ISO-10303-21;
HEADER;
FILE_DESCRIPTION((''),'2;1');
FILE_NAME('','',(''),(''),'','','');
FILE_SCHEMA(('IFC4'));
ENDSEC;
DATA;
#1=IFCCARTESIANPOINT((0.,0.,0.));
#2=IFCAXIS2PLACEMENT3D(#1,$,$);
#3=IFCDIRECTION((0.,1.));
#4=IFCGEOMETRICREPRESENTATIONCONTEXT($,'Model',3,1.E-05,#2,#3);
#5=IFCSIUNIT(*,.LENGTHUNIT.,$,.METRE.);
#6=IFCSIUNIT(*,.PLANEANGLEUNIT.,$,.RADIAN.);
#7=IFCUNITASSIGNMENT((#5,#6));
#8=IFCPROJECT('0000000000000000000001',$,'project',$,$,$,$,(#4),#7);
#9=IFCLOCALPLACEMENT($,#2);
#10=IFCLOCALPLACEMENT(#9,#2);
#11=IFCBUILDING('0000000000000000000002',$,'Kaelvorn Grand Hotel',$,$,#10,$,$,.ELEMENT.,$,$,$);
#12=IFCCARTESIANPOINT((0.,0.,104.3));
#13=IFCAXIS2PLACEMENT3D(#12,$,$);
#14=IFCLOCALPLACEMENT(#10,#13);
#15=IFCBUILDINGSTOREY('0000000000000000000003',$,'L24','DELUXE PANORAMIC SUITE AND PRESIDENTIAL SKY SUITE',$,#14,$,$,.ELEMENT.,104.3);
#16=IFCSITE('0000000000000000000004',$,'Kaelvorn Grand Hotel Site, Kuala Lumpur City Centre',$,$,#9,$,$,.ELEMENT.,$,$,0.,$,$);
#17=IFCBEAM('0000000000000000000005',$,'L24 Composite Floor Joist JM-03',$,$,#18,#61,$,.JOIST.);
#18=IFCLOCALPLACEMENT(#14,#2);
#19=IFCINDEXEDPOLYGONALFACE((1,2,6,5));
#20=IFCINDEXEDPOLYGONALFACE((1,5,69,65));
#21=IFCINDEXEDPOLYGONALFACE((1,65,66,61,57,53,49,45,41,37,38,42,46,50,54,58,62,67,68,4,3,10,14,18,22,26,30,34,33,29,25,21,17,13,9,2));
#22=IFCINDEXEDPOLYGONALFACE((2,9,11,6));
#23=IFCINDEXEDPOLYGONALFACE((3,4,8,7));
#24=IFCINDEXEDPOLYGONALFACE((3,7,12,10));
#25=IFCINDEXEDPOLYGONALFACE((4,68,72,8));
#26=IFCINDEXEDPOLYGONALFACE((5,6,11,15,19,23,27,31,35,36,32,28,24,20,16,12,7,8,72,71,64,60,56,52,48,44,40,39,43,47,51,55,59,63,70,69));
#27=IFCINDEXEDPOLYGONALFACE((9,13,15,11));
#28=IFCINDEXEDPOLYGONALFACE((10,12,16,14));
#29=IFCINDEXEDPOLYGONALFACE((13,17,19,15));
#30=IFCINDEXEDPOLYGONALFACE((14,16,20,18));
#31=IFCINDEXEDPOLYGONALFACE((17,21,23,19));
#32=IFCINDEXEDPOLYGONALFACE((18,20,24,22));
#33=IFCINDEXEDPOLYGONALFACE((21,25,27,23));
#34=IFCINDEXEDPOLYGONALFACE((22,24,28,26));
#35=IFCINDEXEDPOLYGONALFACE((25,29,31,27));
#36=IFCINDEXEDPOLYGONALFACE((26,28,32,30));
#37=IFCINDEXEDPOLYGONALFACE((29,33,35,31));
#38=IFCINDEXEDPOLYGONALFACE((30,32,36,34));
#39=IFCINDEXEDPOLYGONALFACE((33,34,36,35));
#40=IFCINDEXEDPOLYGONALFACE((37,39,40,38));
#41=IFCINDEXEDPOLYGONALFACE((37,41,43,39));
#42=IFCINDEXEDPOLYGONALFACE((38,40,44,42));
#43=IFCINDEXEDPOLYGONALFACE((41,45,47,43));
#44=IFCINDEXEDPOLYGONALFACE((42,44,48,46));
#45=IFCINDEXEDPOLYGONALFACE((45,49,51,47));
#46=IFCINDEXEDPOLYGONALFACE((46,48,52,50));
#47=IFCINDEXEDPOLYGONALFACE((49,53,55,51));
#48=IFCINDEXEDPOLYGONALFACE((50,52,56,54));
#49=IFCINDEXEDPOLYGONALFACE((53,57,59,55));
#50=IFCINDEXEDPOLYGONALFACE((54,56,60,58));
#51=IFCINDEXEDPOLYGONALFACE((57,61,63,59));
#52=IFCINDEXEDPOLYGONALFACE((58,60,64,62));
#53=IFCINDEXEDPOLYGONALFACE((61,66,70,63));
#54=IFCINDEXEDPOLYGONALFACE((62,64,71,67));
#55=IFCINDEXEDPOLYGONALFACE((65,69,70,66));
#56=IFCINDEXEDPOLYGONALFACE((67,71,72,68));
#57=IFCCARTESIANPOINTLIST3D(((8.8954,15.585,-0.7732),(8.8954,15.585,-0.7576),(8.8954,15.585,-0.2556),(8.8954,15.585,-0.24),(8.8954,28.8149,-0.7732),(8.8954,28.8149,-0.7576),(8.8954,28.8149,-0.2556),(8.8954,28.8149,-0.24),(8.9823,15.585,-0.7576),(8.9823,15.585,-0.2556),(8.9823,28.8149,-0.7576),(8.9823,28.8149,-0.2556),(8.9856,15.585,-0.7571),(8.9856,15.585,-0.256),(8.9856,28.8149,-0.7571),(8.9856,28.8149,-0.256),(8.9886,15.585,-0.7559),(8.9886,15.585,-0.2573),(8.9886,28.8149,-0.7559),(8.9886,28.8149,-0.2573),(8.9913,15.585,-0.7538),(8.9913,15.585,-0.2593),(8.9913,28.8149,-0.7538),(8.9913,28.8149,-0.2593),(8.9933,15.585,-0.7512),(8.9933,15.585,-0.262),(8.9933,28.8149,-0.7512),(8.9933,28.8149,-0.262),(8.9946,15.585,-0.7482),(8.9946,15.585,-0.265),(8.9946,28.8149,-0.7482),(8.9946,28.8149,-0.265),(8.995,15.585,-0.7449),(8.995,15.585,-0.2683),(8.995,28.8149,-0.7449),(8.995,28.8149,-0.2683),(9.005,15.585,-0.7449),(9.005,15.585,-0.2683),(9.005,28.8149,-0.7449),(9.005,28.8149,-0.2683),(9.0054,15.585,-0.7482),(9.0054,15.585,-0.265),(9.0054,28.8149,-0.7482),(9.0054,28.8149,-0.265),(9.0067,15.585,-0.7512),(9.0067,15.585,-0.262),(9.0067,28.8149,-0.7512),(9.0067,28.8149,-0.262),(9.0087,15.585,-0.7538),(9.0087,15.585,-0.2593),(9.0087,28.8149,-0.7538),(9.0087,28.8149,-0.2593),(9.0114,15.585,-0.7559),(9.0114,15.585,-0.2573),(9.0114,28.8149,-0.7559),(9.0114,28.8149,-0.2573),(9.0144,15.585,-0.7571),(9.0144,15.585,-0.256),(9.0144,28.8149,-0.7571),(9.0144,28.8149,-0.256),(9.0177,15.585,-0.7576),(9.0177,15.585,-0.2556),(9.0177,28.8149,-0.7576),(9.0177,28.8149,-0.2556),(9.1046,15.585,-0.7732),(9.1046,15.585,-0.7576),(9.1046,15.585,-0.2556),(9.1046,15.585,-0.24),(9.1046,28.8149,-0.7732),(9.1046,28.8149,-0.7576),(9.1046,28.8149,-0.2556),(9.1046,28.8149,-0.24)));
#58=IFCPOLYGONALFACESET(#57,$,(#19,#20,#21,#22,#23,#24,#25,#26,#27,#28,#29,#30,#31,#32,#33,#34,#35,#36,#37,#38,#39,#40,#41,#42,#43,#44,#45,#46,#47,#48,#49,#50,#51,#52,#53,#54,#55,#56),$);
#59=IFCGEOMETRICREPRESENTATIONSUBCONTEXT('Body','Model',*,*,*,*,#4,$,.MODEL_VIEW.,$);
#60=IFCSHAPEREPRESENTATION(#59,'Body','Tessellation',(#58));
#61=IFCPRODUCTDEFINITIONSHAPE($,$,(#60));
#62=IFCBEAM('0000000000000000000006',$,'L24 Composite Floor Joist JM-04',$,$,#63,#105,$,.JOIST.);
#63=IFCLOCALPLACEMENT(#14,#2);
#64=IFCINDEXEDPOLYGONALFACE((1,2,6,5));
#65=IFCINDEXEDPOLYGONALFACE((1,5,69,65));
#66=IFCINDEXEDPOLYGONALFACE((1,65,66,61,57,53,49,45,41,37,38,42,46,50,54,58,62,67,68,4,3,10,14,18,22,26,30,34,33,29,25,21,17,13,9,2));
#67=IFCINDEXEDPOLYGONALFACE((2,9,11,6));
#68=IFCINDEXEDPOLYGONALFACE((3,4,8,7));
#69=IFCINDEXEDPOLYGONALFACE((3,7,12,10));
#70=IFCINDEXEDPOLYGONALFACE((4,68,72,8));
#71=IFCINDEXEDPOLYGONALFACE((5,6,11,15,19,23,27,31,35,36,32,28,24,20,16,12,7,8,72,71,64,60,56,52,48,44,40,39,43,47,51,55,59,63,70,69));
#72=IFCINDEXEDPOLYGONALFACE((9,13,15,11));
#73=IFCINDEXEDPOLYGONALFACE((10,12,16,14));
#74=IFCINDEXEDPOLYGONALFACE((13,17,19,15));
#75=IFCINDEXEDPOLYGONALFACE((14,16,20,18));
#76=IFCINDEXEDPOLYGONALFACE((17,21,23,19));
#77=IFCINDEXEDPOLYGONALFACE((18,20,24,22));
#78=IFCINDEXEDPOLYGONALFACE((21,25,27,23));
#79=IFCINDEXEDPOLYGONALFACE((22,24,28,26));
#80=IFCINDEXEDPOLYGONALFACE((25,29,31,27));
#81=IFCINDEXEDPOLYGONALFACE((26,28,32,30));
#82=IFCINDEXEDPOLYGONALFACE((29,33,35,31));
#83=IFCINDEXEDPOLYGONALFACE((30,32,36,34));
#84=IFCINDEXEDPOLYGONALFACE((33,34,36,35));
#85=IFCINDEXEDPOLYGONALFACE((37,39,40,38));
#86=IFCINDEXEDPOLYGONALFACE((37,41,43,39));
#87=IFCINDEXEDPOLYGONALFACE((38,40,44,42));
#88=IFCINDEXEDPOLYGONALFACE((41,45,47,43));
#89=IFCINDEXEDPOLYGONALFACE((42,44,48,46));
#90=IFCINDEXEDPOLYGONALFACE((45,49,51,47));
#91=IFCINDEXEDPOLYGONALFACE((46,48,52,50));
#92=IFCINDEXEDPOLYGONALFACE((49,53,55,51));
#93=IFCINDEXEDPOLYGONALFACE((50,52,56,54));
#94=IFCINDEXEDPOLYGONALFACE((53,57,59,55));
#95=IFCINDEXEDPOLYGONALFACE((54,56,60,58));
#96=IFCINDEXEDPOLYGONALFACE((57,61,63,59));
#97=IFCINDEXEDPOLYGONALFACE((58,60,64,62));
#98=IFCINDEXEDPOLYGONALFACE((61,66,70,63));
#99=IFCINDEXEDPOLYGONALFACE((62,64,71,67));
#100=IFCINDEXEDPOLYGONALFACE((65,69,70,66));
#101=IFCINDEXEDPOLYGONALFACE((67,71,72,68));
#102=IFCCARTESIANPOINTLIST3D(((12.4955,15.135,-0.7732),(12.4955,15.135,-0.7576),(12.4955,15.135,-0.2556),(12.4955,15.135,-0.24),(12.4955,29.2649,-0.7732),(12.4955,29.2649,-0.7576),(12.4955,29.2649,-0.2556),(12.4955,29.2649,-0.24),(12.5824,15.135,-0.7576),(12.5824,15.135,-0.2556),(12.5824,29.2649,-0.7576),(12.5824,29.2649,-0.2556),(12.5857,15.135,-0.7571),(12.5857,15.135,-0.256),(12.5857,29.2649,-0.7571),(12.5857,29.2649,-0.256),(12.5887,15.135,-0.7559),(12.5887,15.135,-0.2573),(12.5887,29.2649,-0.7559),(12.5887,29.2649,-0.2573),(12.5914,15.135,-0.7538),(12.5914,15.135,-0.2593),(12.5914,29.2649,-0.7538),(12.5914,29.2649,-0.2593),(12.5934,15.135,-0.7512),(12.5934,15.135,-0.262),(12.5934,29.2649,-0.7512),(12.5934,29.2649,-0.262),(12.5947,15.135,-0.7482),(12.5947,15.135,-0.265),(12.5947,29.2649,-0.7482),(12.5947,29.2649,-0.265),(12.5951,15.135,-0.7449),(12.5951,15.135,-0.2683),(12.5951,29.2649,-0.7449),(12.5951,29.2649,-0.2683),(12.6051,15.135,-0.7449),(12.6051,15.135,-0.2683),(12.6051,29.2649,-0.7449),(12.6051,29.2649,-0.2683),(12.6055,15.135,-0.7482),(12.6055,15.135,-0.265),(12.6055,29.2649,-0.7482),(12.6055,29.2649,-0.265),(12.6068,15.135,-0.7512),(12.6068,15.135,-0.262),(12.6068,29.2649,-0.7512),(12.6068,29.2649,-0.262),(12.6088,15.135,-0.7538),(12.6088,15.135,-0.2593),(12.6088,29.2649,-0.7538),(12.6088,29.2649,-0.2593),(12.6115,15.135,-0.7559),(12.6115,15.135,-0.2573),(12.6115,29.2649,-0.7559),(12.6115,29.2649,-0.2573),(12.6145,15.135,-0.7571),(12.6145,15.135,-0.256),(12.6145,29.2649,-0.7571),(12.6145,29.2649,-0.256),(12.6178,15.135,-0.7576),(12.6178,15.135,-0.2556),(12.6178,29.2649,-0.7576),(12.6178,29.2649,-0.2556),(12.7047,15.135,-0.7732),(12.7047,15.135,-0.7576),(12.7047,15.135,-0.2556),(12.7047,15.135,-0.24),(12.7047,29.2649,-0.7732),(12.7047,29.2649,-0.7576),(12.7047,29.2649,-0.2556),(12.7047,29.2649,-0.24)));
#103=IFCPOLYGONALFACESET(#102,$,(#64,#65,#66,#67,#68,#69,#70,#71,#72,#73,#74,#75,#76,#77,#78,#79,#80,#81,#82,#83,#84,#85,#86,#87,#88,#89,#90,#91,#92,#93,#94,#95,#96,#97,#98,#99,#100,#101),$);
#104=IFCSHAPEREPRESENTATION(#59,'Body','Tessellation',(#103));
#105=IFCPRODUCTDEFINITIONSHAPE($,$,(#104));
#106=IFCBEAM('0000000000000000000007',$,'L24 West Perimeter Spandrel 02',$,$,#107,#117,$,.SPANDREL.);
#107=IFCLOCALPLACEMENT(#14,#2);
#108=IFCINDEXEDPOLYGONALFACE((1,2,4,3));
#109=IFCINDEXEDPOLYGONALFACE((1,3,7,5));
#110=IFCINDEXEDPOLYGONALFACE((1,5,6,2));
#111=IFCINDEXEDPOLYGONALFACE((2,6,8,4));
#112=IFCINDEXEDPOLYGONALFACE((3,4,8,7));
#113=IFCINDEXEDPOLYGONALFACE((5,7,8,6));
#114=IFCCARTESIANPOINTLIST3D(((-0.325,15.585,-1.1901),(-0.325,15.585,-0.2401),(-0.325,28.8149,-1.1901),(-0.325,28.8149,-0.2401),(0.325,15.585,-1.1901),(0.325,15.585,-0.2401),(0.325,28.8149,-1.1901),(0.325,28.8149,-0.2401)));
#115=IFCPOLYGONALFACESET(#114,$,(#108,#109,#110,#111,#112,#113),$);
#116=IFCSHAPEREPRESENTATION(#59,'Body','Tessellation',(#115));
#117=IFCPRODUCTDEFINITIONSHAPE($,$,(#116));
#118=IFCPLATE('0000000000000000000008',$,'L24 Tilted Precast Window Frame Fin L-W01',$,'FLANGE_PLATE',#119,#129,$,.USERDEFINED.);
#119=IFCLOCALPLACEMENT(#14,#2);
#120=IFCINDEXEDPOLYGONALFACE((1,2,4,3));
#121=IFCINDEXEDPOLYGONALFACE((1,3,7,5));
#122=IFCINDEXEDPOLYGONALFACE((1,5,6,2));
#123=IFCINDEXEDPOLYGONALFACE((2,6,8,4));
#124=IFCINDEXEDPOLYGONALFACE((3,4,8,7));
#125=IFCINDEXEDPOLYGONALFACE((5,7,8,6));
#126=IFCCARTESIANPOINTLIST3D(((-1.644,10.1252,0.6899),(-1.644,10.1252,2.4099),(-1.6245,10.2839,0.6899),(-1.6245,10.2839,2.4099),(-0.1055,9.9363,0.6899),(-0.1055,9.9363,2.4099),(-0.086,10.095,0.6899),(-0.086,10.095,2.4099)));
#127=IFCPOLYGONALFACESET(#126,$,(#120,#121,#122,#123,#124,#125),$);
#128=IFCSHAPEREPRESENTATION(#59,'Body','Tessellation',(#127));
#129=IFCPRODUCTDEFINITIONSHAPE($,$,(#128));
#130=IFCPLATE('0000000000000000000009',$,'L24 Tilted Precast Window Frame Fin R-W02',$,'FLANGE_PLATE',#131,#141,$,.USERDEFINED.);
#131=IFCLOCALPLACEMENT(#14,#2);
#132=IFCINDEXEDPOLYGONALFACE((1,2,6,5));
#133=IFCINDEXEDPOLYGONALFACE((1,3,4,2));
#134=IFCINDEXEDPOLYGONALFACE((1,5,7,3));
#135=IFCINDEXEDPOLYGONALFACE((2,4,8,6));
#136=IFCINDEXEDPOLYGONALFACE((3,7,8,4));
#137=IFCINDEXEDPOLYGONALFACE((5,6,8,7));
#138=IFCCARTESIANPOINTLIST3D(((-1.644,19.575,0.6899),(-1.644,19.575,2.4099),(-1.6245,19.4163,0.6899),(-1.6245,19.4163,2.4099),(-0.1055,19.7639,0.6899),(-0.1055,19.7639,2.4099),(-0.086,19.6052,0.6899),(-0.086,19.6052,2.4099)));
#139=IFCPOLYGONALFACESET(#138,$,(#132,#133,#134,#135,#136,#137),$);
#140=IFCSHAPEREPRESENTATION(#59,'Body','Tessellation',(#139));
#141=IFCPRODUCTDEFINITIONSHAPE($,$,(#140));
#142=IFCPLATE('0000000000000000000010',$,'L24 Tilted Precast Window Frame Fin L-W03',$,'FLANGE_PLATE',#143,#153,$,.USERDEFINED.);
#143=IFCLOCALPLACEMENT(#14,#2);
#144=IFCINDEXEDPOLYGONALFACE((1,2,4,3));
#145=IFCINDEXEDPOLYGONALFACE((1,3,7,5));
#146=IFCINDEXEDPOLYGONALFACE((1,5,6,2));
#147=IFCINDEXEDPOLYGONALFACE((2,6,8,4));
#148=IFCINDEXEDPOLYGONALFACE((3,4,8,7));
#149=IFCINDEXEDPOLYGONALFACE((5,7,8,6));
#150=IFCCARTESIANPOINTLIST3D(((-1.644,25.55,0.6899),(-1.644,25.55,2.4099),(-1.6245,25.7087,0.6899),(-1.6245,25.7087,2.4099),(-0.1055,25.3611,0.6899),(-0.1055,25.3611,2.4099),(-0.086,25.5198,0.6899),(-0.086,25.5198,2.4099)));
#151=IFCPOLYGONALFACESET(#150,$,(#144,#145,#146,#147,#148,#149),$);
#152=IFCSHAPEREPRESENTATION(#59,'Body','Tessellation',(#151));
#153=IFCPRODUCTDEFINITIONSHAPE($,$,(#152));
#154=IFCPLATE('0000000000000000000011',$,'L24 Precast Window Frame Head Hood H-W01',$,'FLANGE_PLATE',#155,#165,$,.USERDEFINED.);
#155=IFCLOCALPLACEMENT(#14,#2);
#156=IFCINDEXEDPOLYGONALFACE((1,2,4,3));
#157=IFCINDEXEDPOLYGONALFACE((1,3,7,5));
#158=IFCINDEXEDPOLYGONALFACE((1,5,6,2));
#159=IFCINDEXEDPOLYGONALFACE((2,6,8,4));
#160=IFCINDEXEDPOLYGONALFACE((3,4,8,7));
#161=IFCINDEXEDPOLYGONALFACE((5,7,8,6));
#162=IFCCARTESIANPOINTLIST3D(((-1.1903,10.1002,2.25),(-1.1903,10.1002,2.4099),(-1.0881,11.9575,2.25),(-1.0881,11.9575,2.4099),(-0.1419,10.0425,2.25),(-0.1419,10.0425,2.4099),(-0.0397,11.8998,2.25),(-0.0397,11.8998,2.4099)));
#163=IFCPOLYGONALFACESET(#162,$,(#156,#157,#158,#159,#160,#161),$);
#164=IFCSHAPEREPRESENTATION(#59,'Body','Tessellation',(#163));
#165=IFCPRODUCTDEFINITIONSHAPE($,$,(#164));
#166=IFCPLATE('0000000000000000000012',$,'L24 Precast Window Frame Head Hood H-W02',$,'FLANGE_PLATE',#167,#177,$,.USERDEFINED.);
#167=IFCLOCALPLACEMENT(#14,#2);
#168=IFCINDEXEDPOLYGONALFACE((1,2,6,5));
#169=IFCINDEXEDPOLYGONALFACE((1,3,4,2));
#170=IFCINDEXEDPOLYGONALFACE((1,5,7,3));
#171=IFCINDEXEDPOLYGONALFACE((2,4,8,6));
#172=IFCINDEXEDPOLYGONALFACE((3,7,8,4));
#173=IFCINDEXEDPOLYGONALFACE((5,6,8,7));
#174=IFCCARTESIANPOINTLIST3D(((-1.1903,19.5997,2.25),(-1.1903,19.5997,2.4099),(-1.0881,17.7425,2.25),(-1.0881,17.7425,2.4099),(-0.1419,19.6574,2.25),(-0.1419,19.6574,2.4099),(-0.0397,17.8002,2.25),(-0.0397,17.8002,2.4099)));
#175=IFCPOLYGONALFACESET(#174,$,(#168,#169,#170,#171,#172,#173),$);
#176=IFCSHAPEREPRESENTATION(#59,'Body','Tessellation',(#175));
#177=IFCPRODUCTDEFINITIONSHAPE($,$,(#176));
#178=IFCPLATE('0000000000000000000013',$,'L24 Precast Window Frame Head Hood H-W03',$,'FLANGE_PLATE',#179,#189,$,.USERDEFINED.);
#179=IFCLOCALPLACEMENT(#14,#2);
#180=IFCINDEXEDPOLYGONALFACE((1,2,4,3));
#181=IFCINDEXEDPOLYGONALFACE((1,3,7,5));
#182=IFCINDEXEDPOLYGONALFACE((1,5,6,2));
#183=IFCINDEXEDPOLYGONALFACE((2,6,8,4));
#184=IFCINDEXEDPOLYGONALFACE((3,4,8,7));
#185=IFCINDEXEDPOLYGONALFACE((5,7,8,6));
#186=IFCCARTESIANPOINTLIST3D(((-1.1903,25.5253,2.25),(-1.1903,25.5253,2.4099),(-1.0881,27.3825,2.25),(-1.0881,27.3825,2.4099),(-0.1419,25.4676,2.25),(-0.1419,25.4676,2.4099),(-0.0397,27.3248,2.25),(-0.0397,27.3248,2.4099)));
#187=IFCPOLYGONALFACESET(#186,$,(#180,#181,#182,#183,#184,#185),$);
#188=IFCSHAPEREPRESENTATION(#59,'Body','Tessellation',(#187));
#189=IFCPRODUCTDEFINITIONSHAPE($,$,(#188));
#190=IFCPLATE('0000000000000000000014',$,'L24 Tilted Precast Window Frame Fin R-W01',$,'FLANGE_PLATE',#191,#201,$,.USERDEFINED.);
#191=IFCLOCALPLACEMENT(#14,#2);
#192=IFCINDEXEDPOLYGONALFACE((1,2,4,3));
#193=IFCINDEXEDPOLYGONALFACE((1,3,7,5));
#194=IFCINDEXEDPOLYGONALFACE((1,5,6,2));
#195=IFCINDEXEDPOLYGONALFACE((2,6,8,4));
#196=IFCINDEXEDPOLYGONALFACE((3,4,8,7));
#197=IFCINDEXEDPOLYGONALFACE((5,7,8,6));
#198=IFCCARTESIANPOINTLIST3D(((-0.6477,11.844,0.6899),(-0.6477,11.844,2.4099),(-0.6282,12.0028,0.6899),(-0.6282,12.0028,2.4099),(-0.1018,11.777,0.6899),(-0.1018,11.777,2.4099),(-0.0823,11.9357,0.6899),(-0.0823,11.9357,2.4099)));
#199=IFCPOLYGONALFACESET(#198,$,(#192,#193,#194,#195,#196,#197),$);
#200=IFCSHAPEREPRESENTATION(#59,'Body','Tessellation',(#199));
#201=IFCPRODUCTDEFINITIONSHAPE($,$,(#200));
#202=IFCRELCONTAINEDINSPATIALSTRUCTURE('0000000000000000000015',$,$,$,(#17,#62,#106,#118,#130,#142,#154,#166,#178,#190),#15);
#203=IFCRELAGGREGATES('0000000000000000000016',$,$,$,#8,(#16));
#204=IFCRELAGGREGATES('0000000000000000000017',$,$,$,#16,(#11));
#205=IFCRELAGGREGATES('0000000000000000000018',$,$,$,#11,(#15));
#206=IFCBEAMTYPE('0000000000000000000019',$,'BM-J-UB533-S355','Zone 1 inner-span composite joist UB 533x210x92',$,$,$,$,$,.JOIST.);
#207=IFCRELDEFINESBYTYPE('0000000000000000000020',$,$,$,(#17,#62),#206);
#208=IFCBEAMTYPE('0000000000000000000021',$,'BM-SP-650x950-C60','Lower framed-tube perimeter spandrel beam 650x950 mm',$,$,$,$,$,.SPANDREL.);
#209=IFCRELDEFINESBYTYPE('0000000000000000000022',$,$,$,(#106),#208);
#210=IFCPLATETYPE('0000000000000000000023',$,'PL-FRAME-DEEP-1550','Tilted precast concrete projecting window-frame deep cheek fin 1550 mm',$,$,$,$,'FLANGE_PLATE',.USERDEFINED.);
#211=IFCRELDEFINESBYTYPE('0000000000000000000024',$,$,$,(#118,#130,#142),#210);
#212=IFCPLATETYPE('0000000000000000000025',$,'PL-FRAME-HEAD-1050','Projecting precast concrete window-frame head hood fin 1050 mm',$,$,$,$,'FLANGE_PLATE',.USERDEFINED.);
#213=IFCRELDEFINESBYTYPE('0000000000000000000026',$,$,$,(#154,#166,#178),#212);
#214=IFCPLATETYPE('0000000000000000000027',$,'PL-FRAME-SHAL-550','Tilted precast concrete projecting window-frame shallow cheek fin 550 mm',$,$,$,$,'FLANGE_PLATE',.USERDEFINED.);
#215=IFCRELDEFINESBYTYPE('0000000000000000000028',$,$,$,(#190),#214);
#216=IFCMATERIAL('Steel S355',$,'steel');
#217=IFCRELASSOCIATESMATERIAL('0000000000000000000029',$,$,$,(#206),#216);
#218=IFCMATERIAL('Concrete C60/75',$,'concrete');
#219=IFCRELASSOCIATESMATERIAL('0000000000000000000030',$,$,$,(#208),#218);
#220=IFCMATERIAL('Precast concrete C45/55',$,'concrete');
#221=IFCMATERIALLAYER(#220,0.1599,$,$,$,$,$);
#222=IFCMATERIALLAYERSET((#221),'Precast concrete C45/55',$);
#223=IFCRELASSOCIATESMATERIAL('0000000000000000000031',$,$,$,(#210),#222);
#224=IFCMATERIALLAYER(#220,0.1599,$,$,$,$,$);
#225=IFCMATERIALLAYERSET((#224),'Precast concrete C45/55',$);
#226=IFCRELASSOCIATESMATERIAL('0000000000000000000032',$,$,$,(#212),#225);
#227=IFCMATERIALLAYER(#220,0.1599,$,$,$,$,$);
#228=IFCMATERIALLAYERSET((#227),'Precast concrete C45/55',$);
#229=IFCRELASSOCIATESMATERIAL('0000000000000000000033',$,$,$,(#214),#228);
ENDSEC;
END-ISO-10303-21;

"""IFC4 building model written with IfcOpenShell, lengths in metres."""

from ifc_helpers import new_model, si_unit, direction, frame, origin, origin_2d, place, context, subcontext, project, spatial, rectangle, i_section, extrude, material, layer, layer_set, material_profile, profile_set, type_object, element, save


model = new_model("IFC4")

# Units and contexts
model_context = context("Model", 3, precision=1e-05, world=origin(), true_north=direction((0.0, 1.0)))
body_context = subcontext(model_context, "Body", "Model", "MODEL_VIEW")
ifc_project = project(units=[si_unit("LENGTHUNIT", "METRE"), si_unit("PLANEANGLEUNIT", "RADIAN")], contexts=[model_context])

# Site, building, storey
site_placement = place(None, origin())
site = spatial("IfcSite", under=ifc_project, at=site_placement, Name="Kaelvorn Grand Hotel Site, Kuala Lumpur City Centre", CompositionType="ELEMENT", RefElevation=0.0)
building_placement = place(site_placement, origin())
building = spatial("IfcBuilding", under=site, at=building_placement, Name="Kaelvorn Grand Hotel", CompositionType="ELEMENT")
storey_placement = place(building_placement, frame((0.0, 0.0, 104.3)))
storey = spatial("IfcBuildingStorey", under=building, at=storey_placement, Name="L24", Description="DELUXE PANORAMIC SUITE AND PRESIDENTIAL SKY SUITE", CompositionType="ELEMENT", Elevation=104.3)

# Shared definitions
ifc_material_1 = material(Name="Concrete C60/75", Category="concrete")

# Beams
ifc_material_2 = material(Name="Steel S355", Category="steel")
ifc_material_profile_1 = material_profile(ifc_material_2, i_section(OverallWidth=0.2092, OverallDepth=0.5332, WebThickness=0.01, FlangeThickness=0.0156, FilletRadius=0.0127, at=origin_2d()), Name="UB 533x210x92")
ifc_profile_set_1 = profile_set([ifc_material_profile_1], Name="Steel S355")
beam_type_1 = type_object("IfcBeamType", Name="BM-J-UB533-S355", Description="Zone 1 inner-span composite joist UB 533x210x92", PredefinedType="JOIST", material=ifc_profile_set_1)
beam_1_placement = place(storey_placement, frame((9.0, 15.585, -0.5066), z_axis=(0.0, 1.0, 0.0), x_axis=(-1.0, 0.0, 0.0)))
element("IfcBeam", 1, at=beam_1_placement, inside=storey, type_object=beam_type_1, Name="L24 Composite Floor Joist JM-03", PredefinedType="JOIST", context=body_context, shape_type="SweptSolid", body=[
    extrude(i_section(OverallWidth=0.2092, OverallDepth=0.5332, WebThickness=0.01, FlangeThickness=0.0156, FilletRadius=0.0127, at=origin_2d()), origin(), (0.0, 0.0, 1.0), 13.23),
])
beam_2_placement = place(storey_placement, frame((12.6001, 15.135, -0.5066), z_axis=(0.0, 1.0, 0.0), x_axis=(-1.0, 0.0, 0.0)))
element("IfcBeam", 2, at=beam_2_placement, inside=storey, type_object=beam_type_1, Name="L24 Composite Floor Joist JM-04", PredefinedType="JOIST", context=body_context, shape_type="SweptSolid", body=[
    extrude(i_section(OverallWidth=0.2092, OverallDepth=0.5332, WebThickness=0.01, FlangeThickness=0.0156, FilletRadius=0.0127, at=origin_2d()), origin(), (0.0, 0.0, 1.0), 14.1299),
])
ifc_material_profile_2 = material_profile(ifc_material_1, rectangle(XDim=0.6499, YDim=0.95, at=origin_2d()), Name="RC SPANDREL 650x950")
ifc_profile_set_2 = profile_set([ifc_material_profile_2], Name="Concrete C60/75")
beam_type_2 = type_object("IfcBeamType", Name="BM-SP-650x950-C60", Description="Lower framed-tube perimeter spandrel beam 650x950 mm", PredefinedType="SPANDREL", material=ifc_profile_set_2)
beam_3_placement = place(storey_placement, frame((0.0, 15.585, -0.7151), z_axis=(0.0, 1.0, 0.0), x_axis=(-1.0, 0.0, 0.0)))
element("IfcBeam", 3, at=beam_3_placement, inside=storey, type_object=beam_type_2, Name="L24 West Perimeter Spandrel 02", PredefinedType="SPANDREL", context=body_context, shape_type="SweptSolid", body=[
    extrude(rectangle(XDim=0.6499, YDim=0.95, at=origin_2d()), origin(), (0.0, 0.0, 1.0), 13.23),
])

# Plates
ifc_material_3 = material(Name="Precast concrete C45/55", Category="concrete")
ifc_layer_1 = layer(ifc_material_3, 0.1599)
ifc_layer_set_1 = layer_set([ifc_layer_1], Name="Precast concrete C45/55")
plate_type_1 = type_object("IfcPlateType", Name="PL-FRAME-DEEP-1550", Description="Tilted precast concrete projecting window-frame deep cheek fin 1550 mm", ElementType="FLANGE_PLATE", PredefinedType="USERDEFINED", material=ifc_layer_set_1)
for number, where, z_axis, x_axis, name in (
    (4, (-0.865, 10.1101, 0.6899), (0.0, 0.0, 1.0), (0.121869, 0.992546, 0.0), "L24 Tilted Precast Window Frame Fin L-W01"),
    (5, (-0.865, 19.5901, 0.6899), (0.0, 0.0, 1.0), (-0.121869, 0.992546, 0.0), "L24 Tilted Precast Window Frame Fin R-W02"),
    (6, (-0.865, 25.5349, 0.6899), (0.0, 0.0, 1.0), (0.121869, 0.992546, 0.0), "L24 Tilted Precast Window Frame Fin L-W03"),
):
    element("IfcPlate", number, at=place(storey_placement, frame(where, z_axis=z_axis, x_axis=x_axis)), inside=storey, type_object=plate_type_1, Name=name, ObjectType="FLANGE_PLATE", PredefinedType="USERDEFINED", context=body_context, shape_type="SweptSolid", body=[
        extrude(rectangle(XDim=0.1599, YDim=1.55, at=origin_2d()), origin(), (0.0, 0.0, 1.0), 1.72),
    ])
ifc_layer_2 = layer(ifc_material_3, 0.1599)
ifc_layer_set_2 = layer_set([ifc_layer_2], Name="Precast concrete C45/55")
plate_type_2 = type_object("IfcPlateType", Name="PL-FRAME-HEAD-1050", Description="Projecting precast concrete window-frame head hood fin 1050 mm", ElementType="FLANGE_PLATE", PredefinedType="USERDEFINED", material=ifc_layer_set_2)
for number, where, z_axis, x_axis, name in (
    (7, (-0.615, 11.0, 2.25), (0.0, 0.0, 1.0), (0.05495, 0.998489, 0.0), "L24 Precast Window Frame Head Hood H-W01"),
    (8, (-0.615, 18.7, 2.25), (0.0, 0.0, 1.0), (-0.05495, 0.998489, 0.0), "L24 Precast Window Frame Head Hood H-W02"),
    (9, (-0.615, 26.425, 2.25), (0.0, 0.0, 1.0), (0.05495, 0.998489, 0.0), "L24 Precast Window Frame Head Hood H-W03"),
):
    element("IfcPlate", number, at=place(storey_placement, frame(where, z_axis=z_axis, x_axis=x_axis)), inside=storey, type_object=plate_type_2, Name=name, ObjectType="FLANGE_PLATE", PredefinedType="USERDEFINED", context=body_context, shape_type="SweptSolid", body=[
        extrude(rectangle(XDim=1.8601, YDim=1.05, at=origin_2d()), origin(), (0.0, 0.0, 1.0), 0.1599),
    ])
ifc_layer_3 = layer(ifc_material_3, 0.1599)
ifc_layer_set_3 = layer_set([ifc_layer_3], Name="Precast concrete C45/55")
plate_type_3 = type_object("IfcPlateType", Name="PL-FRAME-SHAL-550", Description="Tilted precast concrete projecting window-frame shallow cheek fin 550 mm", ElementType="FLANGE_PLATE", PredefinedType="USERDEFINED", material=ifc_layer_set_3)
for number, where, z_axis, x_axis, name in (
    (10, (-0.365, 11.8899, 0.6899), (0.0, 0.0, 1.0), (0.121869, 0.992546, 0.0), "L24 Tilted Precast Window Frame Fin R-W01"),
):
    element("IfcPlate", number, at=place(storey_placement, frame(where, z_axis=z_axis, x_axis=x_axis)), inside=storey, type_object=plate_type_3, Name=name, ObjectType="FLANGE_PLATE", PredefinedType="USERDEFINED", context=body_context, shape_type="SweptSolid", body=[
        extrude(rectangle(XDim=0.1599, YDim=0.55, at=origin_2d()), origin(), (0.0, 0.0, 1.0), 1.72),
    ])

save(model, "model.ifc")
